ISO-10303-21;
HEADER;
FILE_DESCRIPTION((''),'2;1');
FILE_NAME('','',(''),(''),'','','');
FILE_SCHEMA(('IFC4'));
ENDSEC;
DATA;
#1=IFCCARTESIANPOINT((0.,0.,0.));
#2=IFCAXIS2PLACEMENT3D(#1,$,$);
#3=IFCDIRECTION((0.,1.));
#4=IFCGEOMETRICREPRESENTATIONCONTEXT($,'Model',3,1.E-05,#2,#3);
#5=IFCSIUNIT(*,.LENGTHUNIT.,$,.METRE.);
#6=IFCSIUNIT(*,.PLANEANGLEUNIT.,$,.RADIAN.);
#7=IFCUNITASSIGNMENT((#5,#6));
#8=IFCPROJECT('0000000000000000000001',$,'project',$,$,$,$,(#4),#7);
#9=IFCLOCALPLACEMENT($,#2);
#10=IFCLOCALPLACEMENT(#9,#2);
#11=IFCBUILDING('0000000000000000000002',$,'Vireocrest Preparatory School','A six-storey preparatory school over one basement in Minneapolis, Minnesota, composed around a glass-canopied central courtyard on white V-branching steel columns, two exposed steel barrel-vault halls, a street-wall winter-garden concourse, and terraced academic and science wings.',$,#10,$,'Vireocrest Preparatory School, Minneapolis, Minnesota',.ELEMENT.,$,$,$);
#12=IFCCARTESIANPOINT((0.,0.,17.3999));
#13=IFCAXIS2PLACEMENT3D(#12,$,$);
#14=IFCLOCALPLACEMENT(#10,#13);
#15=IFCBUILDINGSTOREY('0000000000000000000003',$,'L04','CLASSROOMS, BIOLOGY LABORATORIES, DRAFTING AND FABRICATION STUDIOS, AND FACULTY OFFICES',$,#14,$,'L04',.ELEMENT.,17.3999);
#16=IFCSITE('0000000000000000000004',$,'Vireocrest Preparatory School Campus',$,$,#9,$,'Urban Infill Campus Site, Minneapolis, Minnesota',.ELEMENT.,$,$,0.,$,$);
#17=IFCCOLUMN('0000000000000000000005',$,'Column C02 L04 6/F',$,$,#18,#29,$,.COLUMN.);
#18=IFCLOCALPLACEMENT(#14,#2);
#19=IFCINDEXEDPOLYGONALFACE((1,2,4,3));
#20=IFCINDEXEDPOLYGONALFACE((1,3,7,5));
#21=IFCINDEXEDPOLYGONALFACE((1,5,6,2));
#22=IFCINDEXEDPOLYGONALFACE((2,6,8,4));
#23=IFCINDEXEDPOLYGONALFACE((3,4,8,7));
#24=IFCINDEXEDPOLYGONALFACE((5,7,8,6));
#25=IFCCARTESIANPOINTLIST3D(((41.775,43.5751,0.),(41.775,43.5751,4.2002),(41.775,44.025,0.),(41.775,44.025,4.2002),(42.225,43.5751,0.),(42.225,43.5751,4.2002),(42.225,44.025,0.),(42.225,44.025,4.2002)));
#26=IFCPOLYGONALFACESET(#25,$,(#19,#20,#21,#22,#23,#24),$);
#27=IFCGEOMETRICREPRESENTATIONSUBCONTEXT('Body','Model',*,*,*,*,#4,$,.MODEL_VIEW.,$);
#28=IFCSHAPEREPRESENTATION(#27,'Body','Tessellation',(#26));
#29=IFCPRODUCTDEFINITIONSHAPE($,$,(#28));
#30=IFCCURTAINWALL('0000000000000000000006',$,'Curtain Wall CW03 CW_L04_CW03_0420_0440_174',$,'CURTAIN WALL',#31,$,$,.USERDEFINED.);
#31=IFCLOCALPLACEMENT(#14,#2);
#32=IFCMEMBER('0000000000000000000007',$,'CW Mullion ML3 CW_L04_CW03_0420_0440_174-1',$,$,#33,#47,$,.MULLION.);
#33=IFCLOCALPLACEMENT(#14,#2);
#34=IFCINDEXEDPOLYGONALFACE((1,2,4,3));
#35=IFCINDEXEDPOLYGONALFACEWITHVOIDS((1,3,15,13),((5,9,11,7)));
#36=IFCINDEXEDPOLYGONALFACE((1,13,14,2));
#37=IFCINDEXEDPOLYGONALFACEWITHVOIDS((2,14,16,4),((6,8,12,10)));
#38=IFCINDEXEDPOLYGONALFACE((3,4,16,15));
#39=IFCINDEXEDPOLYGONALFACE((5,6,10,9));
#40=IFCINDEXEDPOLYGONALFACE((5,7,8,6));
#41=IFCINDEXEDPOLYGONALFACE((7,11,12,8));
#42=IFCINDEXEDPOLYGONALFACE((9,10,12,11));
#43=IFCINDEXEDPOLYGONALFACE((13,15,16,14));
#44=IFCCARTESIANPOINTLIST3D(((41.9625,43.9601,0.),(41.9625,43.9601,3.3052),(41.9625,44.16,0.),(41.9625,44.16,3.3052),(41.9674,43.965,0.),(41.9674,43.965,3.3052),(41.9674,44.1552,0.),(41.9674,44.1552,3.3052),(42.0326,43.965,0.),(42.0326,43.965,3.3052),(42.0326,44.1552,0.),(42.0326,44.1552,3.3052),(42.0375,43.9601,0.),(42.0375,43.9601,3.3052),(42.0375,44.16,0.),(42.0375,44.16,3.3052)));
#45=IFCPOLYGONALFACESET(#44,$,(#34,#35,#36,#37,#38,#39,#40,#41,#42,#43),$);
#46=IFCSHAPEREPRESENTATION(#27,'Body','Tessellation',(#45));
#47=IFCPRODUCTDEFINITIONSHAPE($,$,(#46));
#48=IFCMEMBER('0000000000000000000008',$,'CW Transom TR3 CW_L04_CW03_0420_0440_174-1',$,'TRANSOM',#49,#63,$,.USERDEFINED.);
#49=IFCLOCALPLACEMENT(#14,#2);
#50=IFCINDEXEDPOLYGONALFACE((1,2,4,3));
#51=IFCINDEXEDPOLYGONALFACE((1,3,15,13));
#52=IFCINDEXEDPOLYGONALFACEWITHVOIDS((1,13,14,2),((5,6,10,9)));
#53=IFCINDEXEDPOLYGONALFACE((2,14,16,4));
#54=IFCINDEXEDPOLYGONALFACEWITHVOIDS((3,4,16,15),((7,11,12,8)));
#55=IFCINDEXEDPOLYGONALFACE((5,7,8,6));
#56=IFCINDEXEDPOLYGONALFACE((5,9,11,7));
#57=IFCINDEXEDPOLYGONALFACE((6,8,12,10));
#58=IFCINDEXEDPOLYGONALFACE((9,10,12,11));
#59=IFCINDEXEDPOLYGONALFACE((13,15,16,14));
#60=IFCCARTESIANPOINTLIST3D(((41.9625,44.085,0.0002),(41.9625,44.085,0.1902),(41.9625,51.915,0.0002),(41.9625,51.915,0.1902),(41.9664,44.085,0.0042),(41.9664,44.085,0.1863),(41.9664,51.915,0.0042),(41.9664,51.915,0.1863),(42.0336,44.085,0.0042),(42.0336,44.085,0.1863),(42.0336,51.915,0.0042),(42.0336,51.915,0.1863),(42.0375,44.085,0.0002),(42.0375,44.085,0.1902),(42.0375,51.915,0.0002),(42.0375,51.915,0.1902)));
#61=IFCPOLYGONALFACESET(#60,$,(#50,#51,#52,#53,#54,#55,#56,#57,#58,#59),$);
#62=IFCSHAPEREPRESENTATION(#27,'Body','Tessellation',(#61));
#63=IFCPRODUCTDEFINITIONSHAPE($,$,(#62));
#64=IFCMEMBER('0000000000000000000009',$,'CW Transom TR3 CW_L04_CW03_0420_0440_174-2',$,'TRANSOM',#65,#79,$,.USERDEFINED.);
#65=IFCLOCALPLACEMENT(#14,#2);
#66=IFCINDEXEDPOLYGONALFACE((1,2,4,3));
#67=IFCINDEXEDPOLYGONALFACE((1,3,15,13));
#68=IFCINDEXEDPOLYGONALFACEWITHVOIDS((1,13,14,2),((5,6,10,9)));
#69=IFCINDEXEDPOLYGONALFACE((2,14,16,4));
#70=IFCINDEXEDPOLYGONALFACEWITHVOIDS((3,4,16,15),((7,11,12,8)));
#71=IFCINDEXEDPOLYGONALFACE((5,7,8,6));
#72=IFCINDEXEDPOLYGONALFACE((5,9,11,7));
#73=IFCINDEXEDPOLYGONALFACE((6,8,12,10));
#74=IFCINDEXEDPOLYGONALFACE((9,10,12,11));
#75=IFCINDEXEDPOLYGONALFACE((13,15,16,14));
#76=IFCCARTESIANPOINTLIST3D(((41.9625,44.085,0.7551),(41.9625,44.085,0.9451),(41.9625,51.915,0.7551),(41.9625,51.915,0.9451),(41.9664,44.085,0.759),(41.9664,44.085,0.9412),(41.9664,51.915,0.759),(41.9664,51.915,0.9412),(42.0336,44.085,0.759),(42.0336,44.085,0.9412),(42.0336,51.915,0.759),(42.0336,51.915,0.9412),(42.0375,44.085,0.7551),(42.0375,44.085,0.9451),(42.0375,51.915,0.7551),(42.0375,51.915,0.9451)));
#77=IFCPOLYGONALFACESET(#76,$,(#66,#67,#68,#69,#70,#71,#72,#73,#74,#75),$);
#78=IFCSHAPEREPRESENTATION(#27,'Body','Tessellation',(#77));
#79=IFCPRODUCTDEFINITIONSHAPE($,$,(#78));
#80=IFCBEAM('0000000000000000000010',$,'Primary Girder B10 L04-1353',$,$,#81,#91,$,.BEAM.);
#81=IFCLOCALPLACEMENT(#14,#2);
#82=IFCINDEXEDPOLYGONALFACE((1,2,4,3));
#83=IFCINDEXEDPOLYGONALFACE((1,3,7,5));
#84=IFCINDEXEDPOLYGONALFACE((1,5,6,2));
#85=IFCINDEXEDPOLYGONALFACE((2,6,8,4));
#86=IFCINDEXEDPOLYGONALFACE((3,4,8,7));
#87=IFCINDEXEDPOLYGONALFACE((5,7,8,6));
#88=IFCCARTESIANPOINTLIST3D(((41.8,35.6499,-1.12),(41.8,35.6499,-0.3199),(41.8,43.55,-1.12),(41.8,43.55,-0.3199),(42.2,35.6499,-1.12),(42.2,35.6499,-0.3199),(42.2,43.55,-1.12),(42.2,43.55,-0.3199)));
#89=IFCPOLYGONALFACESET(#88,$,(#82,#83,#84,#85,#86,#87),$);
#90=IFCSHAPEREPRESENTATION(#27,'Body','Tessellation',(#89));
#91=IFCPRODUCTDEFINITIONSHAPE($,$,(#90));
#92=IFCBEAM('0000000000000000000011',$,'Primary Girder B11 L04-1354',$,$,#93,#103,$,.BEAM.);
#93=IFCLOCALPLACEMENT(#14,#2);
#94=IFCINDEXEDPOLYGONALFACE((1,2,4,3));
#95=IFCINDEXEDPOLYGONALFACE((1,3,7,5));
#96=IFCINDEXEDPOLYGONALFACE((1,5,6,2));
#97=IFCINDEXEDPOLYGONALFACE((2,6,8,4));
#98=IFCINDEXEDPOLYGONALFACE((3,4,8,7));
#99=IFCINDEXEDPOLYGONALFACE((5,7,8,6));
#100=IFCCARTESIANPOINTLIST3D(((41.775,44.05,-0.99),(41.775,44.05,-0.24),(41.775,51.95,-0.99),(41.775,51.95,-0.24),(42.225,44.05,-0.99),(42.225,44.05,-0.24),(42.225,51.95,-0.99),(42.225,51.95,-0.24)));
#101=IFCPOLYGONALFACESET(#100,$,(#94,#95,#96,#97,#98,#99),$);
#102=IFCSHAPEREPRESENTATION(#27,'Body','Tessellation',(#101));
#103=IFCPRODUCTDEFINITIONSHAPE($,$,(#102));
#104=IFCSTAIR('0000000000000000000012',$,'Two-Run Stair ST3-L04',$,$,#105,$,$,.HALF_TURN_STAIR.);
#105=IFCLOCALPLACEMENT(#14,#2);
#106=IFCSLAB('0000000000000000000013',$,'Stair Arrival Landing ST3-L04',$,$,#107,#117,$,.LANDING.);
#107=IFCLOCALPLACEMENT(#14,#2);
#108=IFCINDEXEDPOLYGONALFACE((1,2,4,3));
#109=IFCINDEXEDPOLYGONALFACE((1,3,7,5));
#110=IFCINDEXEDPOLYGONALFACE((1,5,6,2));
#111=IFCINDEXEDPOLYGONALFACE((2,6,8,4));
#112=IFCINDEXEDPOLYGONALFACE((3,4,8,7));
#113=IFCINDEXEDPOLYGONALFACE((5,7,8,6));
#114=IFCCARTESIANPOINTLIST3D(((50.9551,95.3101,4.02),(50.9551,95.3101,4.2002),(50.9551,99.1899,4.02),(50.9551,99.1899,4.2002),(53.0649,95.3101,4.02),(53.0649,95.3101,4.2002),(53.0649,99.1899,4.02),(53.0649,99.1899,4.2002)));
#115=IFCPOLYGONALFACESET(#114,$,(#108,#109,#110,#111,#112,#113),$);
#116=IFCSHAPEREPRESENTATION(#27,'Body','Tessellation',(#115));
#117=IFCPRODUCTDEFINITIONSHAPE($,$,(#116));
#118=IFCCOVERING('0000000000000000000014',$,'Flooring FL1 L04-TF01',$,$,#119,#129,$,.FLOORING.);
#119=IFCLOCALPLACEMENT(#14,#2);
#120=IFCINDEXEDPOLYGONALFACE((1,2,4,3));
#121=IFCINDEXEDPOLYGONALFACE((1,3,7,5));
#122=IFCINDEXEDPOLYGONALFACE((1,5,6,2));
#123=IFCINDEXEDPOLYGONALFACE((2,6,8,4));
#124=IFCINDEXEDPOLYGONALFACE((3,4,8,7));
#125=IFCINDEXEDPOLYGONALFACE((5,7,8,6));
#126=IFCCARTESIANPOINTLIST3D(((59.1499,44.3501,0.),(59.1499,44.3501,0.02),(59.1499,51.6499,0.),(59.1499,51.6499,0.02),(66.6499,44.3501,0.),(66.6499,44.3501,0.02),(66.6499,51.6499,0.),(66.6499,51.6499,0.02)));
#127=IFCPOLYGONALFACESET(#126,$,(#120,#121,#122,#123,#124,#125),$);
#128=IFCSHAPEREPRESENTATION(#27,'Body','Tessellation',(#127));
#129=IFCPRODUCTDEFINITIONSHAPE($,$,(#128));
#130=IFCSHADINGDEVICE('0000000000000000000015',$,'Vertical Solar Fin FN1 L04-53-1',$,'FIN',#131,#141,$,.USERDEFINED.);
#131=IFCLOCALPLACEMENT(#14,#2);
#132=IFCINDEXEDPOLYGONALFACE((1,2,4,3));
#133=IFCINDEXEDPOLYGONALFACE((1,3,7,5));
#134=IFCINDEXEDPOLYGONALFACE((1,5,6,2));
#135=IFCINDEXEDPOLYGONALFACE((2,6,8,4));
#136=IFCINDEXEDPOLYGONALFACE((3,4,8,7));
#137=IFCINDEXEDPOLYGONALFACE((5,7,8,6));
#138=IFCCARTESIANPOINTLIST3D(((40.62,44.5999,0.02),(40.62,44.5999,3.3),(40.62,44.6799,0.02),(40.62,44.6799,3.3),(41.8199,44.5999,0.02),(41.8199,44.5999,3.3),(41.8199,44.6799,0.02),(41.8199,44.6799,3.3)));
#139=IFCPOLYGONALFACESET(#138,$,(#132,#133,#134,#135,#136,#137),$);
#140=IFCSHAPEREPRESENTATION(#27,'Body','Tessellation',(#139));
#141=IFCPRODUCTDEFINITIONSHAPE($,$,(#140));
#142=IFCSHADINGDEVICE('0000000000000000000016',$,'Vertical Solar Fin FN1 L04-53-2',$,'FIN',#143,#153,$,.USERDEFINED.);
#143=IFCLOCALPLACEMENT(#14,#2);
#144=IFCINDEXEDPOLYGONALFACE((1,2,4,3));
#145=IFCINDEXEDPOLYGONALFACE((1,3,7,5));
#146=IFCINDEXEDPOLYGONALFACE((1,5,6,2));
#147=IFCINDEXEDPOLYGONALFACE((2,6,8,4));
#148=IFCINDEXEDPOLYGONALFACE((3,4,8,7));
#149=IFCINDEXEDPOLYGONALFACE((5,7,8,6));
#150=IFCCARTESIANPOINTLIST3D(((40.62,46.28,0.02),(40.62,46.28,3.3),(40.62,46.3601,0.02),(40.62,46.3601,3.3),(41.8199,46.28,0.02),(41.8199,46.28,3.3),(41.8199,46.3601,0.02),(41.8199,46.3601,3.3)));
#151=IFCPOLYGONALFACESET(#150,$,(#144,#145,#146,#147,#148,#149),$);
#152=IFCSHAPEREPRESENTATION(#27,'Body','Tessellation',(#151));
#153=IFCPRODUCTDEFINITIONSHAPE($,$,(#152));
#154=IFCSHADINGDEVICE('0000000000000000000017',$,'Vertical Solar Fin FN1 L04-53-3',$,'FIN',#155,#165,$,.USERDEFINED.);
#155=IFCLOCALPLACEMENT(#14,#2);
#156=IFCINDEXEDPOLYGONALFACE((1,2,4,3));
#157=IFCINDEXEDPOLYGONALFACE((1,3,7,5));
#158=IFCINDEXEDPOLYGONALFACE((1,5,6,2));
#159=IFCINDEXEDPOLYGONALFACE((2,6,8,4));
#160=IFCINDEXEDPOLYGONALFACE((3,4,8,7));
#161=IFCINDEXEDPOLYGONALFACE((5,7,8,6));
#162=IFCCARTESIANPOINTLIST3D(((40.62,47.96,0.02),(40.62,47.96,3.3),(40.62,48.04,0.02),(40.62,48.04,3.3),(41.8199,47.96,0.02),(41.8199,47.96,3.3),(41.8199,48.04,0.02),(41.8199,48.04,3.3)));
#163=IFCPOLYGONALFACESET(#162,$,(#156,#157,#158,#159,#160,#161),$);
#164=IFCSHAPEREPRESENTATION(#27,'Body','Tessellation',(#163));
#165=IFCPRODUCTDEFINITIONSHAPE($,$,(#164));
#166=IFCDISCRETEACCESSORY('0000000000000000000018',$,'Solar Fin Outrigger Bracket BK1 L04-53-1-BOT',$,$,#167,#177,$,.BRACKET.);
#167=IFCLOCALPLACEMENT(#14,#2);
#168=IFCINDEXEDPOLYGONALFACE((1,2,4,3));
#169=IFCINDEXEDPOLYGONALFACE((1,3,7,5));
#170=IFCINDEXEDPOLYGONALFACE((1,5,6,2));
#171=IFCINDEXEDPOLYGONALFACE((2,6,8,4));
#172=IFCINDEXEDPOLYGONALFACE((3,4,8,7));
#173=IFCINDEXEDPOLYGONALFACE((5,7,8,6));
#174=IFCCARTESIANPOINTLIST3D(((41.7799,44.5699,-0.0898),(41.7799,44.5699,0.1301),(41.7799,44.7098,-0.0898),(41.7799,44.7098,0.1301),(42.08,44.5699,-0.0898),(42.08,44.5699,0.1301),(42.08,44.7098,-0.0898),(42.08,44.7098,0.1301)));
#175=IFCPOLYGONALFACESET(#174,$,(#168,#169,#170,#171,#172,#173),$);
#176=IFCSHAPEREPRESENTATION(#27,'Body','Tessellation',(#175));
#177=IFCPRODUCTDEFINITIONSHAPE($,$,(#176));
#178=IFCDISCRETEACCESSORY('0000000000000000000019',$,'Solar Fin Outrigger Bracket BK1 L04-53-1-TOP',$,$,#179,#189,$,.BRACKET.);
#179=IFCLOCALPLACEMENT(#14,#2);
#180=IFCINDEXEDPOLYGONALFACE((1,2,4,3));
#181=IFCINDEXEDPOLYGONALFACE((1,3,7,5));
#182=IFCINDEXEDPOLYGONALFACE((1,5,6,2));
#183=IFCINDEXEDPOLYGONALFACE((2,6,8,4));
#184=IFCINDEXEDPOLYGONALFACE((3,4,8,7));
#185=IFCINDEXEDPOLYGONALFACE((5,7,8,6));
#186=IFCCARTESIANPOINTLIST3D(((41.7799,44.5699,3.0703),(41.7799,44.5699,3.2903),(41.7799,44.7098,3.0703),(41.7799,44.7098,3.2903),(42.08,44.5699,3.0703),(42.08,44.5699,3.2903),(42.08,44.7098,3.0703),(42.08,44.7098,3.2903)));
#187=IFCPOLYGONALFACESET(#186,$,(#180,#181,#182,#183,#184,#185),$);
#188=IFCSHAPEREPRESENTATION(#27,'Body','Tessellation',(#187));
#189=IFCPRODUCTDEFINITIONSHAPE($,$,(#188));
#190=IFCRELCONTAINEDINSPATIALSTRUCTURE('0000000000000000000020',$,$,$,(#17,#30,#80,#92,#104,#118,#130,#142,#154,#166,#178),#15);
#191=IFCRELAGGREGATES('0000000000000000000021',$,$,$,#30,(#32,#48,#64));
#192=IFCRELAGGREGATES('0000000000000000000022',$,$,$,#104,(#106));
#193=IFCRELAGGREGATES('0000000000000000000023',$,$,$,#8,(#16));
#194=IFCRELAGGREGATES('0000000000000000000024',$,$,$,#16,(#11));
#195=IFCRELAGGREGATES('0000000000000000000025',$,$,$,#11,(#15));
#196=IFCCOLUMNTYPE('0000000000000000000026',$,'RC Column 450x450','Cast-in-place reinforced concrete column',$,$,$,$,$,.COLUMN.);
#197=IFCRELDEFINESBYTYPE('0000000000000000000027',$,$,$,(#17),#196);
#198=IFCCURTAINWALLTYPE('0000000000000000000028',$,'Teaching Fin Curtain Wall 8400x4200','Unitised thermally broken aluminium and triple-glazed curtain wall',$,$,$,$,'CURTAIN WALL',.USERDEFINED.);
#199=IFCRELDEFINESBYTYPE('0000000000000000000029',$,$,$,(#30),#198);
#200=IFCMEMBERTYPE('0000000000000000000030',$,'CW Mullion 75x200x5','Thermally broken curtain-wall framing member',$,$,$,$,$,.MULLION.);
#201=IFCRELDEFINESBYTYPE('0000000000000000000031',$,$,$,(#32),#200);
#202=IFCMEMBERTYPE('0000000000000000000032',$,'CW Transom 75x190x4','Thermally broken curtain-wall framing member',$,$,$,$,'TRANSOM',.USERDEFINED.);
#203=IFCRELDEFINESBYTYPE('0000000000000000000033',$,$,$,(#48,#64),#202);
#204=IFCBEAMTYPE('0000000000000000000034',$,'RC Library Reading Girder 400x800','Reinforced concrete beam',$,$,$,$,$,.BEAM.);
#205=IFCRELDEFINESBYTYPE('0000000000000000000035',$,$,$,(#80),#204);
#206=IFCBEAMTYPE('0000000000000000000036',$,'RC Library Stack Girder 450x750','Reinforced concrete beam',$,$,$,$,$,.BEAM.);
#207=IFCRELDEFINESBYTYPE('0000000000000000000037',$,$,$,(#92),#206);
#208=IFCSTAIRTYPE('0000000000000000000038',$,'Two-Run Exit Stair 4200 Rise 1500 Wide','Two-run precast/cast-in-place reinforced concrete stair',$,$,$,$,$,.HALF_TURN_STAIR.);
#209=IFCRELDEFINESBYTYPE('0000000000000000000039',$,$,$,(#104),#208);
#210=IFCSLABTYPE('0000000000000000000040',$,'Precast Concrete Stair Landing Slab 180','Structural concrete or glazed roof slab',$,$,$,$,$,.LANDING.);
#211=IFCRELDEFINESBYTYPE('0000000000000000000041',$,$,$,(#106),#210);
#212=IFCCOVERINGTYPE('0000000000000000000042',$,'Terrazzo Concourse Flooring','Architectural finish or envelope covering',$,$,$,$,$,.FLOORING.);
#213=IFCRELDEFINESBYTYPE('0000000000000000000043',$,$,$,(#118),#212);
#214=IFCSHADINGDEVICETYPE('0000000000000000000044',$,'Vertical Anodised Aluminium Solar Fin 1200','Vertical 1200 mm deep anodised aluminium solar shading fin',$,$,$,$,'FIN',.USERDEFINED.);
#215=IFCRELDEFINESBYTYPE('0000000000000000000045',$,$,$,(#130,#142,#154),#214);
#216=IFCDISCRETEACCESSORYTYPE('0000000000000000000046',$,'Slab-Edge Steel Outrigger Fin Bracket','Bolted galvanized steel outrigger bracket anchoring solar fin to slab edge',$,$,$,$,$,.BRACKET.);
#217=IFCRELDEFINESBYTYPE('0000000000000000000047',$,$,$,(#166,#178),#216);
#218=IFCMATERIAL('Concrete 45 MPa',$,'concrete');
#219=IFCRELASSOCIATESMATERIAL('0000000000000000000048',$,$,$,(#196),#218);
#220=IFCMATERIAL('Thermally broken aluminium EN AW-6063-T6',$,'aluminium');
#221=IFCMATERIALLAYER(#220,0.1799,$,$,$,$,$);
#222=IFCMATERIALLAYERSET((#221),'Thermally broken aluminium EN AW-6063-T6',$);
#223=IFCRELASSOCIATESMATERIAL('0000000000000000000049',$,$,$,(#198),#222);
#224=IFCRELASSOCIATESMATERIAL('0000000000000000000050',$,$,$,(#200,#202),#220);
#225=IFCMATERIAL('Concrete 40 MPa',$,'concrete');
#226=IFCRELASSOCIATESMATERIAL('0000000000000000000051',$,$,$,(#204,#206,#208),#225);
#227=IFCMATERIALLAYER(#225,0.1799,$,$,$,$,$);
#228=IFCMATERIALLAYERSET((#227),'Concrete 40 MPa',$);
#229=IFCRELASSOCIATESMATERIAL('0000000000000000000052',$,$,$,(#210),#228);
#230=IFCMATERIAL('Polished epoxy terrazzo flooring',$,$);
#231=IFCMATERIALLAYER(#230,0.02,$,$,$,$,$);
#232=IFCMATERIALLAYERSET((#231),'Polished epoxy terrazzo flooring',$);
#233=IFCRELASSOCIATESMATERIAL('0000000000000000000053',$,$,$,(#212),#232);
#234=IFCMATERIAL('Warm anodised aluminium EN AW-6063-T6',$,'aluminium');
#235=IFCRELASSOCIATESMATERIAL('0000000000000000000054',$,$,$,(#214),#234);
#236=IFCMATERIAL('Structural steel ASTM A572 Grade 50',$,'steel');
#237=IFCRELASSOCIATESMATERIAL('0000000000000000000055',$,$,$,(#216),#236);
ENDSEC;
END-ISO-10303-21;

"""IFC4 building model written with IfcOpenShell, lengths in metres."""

from ifc_helpers import new_model, si_unit, direction, frame, origin, origin_2d, place, context, subcontext, project, spatial, polyline, rectangle, hollow_rectangle, outline, extrude, material, layer, layer_set, material_profile, profile_set, type_object, element, aggregate, save


model = new_model("IFC4")

# Units and contexts
model_context = context("Model", 3, precision=1e-05, world=origin(), true_north=direction((0.0, 1.0)))
body_context = subcontext(model_context, "Body", "Model", "MODEL_VIEW")
ifc_project = project(units=[si_unit("LENGTHUNIT", "METRE"), si_unit("PLANEANGLEUNIT", "RADIAN")], contexts=[model_context])

# Site, building, storey
site_placement = place(None, origin())
site = spatial("IfcSite", under=ifc_project, at=site_placement, Name="Vireocrest Preparatory School Campus", LongName="Urban Infill Campus Site, Minneapolis, Minnesota", CompositionType="ELEMENT", RefElevation=0.0)
building_placement = place(site_placement, origin())
building = spatial("IfcBuilding", under=site, at=building_placement, Name="Vireocrest Preparatory School", Description="A six-storey preparatory school over one basement in Minneapolis, Minnesota, composed around a glass-canopied central courtyard on white V-branching steel columns, two exposed steel barrel-vault halls, a street-wall winter-garden concourse, and terraced academic and science wings.", LongName="Vireocrest Preparatory School, Minneapolis, Minnesota", CompositionType="ELEMENT")
storey_placement = place(building_placement, frame((0.0, 0.0, 17.3999)))
storey = spatial("IfcBuildingStorey", under=building, at=storey_placement, Name="L04", Description="CLASSROOMS, BIOLOGY LABORATORIES, DRAFTING AND FABRICATION STUDIOS, AND FACULTY OFFICES", LongName="L04", CompositionType="ELEMENT", Elevation=17.3999)

# Column
ifc_material_1 = material(Name="Concrete 45 MPa", Category="concrete")
ifc_material_profile_1 = material_profile(ifc_material_1, rectangle(XDim=0.45, YDim=0.45, at=origin_2d()), Name="RC 450x450")
ifc_profile_set_1 = profile_set([ifc_material_profile_1], Name="Concrete 45 MPa")
column_type = type_object("IfcColumnType", Name="RC Column 450x450", Description="Cast-in-place reinforced concrete column", PredefinedType="COLUMN", material=ifc_profile_set_1)
column_placement = place(storey_placement, frame((42.0, 43.8, 0.0), z_axis=(0.0, 0.0, 1.0), x_axis=(1.0, 0.0, 0.0)))
element("IfcColumn", 1, at=column_placement, inside=storey, type_object=column_type, Name="Column C02 L04 6/F", PredefinedType="COLUMN", context=body_context, shape_type="SweptSolid", body=[
    extrude(rectangle(XDim=0.45, YDim=0.45, at=origin_2d()), origin(), (0.0, 0.0, 1.0), 4.2002),
])

# Curtain wall, members
ifc_material_2 = material(Name="Thermally broken aluminium EN AW-6063-T6", Category="aluminium")
ifc_layer_1 = layer(ifc_material_2, 0.1799)
ifc_layer_set_1 = layer_set([ifc_layer_1], Name="Thermally broken aluminium EN AW-6063-T6")
curtain_wall_type = type_object("IfcCurtainWallType", Name="Teaching Fin Curtain Wall 8400x4200", Description="Unitised thermally broken aluminium and triple-glazed curtain wall", ElementType="CURTAIN WALL", PredefinedType="USERDEFINED", material=ifc_layer_set_1)
curtain_wall_placement = place(storey_placement, origin())
curtain_wall = element("IfcCurtainWall", 2, at=curtain_wall_placement, inside=storey, type_object=curtain_wall_type, Name="Curtain Wall CW03 CW_L04_CW03_0420_0440_174", ObjectType="CURTAIN WALL", PredefinedType="USERDEFINED")
ifc_material_profile_2 = material_profile(ifc_material_2, hollow_rectangle(XDim=0.075, YDim=0.2, WallThickness=0.0049, at=origin_2d()), Name="ALU 75x200x5")
ifc_profile_set_2 = profile_set([ifc_material_profile_2], Name="Thermally broken aluminium EN AW-6063-T6")
member_type_1 = type_object("IfcMemberType", Name="CW Mullion 75x200x5", Description="Thermally broken curtain-wall framing member", PredefinedType="MULLION", material=ifc_profile_set_2)
member_1_placement = place(storey_placement, frame((42.0, 44.0601, 0.0), z_axis=(0.0, 0.0, 1.0), x_axis=(1.0, 0.0, 0.0)))
member_1 = element("IfcMember", 3, at=member_1_placement, type_object=member_type_1, Name="CW Mullion ML3 CW_L04_CW03_0420_0440_174-1", PredefinedType="MULLION", context=body_context, shape_type="SweptSolid", body=[
    extrude(hollow_rectangle(XDim=0.075, YDim=0.2, WallThickness=0.0049, at=origin_2d()), origin(), (0.0, 0.0, 1.0), 3.3052),
])
ifc_material_profile_3 = material_profile(ifc_material_2, hollow_rectangle(XDim=0.075, YDim=0.1899, WallThickness=0.0039, at=origin_2d()), Name="ALU 75x190x4")
ifc_profile_set_3 = profile_set([ifc_material_profile_3], Name="Thermally broken aluminium EN AW-6063-T6")
member_type_2 = type_object("IfcMemberType", Name="CW Transom 75x190x4", Description="Thermally broken curtain-wall framing member", ElementType="TRANSOM", PredefinedType="USERDEFINED", material=ifc_profile_set_3)
member_2_placement = place(storey_placement, frame((42.0, 44.085, 0.0952), z_axis=(0.0, 1.0, 0.0), x_axis=(-1.0, 0.0, 0.0)))
member_2 = element("IfcMember", 4, at=member_2_placement, type_object=member_type_2, Name="CW Transom TR3 CW_L04_CW03_0420_0440_174-1", ObjectType="TRANSOM", PredefinedType="USERDEFINED", context=body_context, shape_type="SweptSolid", body=[
    extrude(hollow_rectangle(XDim=0.075, YDim=0.1899, WallThickness=0.0039, at=origin_2d()), origin(), (0.0, 0.0, 1.0), 7.8301),
])
member_3_placement = place(storey_placement, frame((42.0, 44.085, 0.8501), z_axis=(0.0, 1.0, 0.0), x_axis=(-1.0, 0.0, 0.0)))
member_3 = element("IfcMember", 5, at=member_3_placement, type_object=member_type_2, Name="CW Transom TR3 CW_L04_CW03_0420_0440_174-2", ObjectType="TRANSOM", PredefinedType="USERDEFINED", context=body_context, shape_type="SweptSolid", body=[
    extrude(hollow_rectangle(XDim=0.075, YDim=0.1899, WallThickness=0.0039, at=origin_2d()), origin(), (0.0, 0.0, 1.0), 7.8301),
])
aggregate(curtain_wall, [member_1, member_2, member_3])

# Beams
ifc_material_3 = material(Name="Concrete 40 MPa", Category="concrete")
ifc_material_profile_4 = material_profile(ifc_material_3, rectangle(XDim=0.3999, YDim=0.8, at=origin_2d()), Name="RC 400x800")
ifc_profile_set_4 = profile_set([ifc_material_profile_4], Name="Concrete 40 MPa")
beam_type_1 = type_object("IfcBeamType", Name="RC Library Reading Girder 400x800", Description="Reinforced concrete beam", PredefinedType="BEAM", material=ifc_profile_set_4)
beam_1_placement = place(storey_placement, frame((42.0, 35.6499, -0.72), z_axis=(0.0, 1.0, 0.0), x_axis=(-1.0, 0.0, 0.0)))
element("IfcBeam", 6, at=beam_1_placement, inside=storey, type_object=beam_type_1, Name="Primary Girder B10 L04-1353", PredefinedType="BEAM", context=body_context, shape_type="SweptSolid", body=[
    extrude(rectangle(XDim=0.3999, YDim=0.8, at=origin_2d()), origin(), (0.0, 0.0, 1.0), 7.9001),
])
ifc_material_profile_5 = material_profile(ifc_material_3, rectangle(XDim=0.45, YDim=0.75, at=origin_2d()), Name="RC 450x750")
ifc_profile_set_5 = profile_set([ifc_material_profile_5], Name="Concrete 40 MPa")
beam_type_2 = type_object("IfcBeamType", Name="RC Library Stack Girder 450x750", Description="Reinforced concrete beam", PredefinedType="BEAM", material=ifc_profile_set_5)
beam_2_placement = place(storey_placement, frame((42.0, 44.05, -0.615), z_axis=(0.0, 1.0, 0.0), x_axis=(-1.0, 0.0, 0.0)))
element("IfcBeam", 7, at=beam_2_placement, inside=storey, type_object=beam_type_2, Name="Primary Girder B11 L04-1354", PredefinedType="BEAM", context=body_context, shape_type="SweptSolid", body=[
    extrude(rectangle(XDim=0.45, YDim=0.75, at=origin_2d()), origin(), (0.0, 0.0, 1.0), 7.8999),
])

# Stair, slab
stair_type = type_object("IfcStairType", Name="Two-Run Exit Stair 4200 Rise 1500 Wide", Description="Two-run precast/cast-in-place reinforced concrete stair", PredefinedType="HALF_TURN_STAIR", material=ifc_material_3)
stair_placement = place(storey_placement, origin())
stair = element("IfcStair", 8, at=stair_placement, inside=storey, type_object=stair_type, Name="Two-Run Stair ST3-L04", PredefinedType="HALF_TURN_STAIR")
ifc_layer_2 = layer(ifc_material_3, 0.1799)
ifc_layer_set_2 = layer_set([ifc_layer_2], Name="Concrete 40 MPa")
slab_type = type_object("IfcSlabType", Name="Precast Concrete Stair Landing Slab 180", Description="Structural concrete or glazed roof slab", PredefinedType="LANDING", material=ifc_layer_set_2)
slab_placement = place(storey_placement, frame((0.0, 0.0, 4.02)))
slab = element("IfcSlab", 9, at=slab_placement, type_object=slab_type, Name="Stair Arrival Landing ST3-L04", PredefinedType="LANDING", context=body_context, shape_type="SweptSolid", body=[
    extrude(outline(polyline([(50.9551, 95.3101), (53.0649, 95.3101), (53.0649, 99.1899), (50.9551, 99.1899), (50.9551, 95.3101)])), origin(), (0.0, 0.0, 1.0), 0.1802),
])
aggregate(stair, [slab])

# Covering
ifc_material_4 = material(Name="Polished epoxy terrazzo flooring")
ifc_layer_3 = layer(ifc_material_4, 0.02)
ifc_layer_set_3 = layer_set([ifc_layer_3], Name="Polished epoxy terrazzo flooring")
covering_type = type_object("IfcCoveringType", Name="Terrazzo Concourse Flooring", Description="Architectural finish or envelope covering", PredefinedType="FLOORING", material=ifc_layer_set_3)
covering_placement = place(storey_placement, origin())
element("IfcCovering", 10, at=covering_placement, inside=storey, type_object=covering_type, Name="Flooring FL1 L04-TF01", PredefinedType="FLOORING", context=body_context, shape_type="SweptSolid", body=[
    extrude(outline(polyline([(59.1499, 44.3501), (66.6499, 44.3501), (66.6499, 51.6499), (59.1499, 51.6499), (59.1499, 44.3501)])), origin(), (0.0, 0.0, 1.0), 0.02),
])

# Shading devices
ifc_material_5 = material(Name="Warm anodised aluminium EN AW-6063-T6", Category="aluminium")
ifc_material_profile_6 = material_profile(ifc_material_5, rectangle(XDim=0.0801, YDim=1.2, at=origin_2d()), Name="FIN 80x1200")
ifc_profile_set_6 = profile_set([ifc_material_profile_6], Name="Warm anodised aluminium EN AW-6063-T6")
shading_device_type = type_object("IfcShadingDeviceType", Name="Vertical Anodised Aluminium Solar Fin 1200", Description="Vertical 1200 mm deep anodised aluminium solar shading fin", ElementType="FIN", PredefinedType="USERDEFINED", material=ifc_profile_set_6)
for number, where, z_axis, x_axis, name in (
    (11, (41.22, 44.6399, 0.02), (0.0, 0.0, 1.0), (0.0, 1.0, 0.0), "Vertical Solar Fin FN1 L04-53-1"),
    (12, (41.22, 46.3201, 0.02), (0.0, 0.0, 1.0), (0.0, 1.0, 0.0), "Vertical Solar Fin FN1 L04-53-2"),
    (13, (41.22, 48.0, 0.02), (0.0, 0.0, 1.0), (0.0, 1.0, 0.0), "Vertical Solar Fin FN1 L04-53-3"),
):
    element("IfcShadingDevice", number, at=place(storey_placement, frame(where, z_axis=z_axis, x_axis=x_axis)), inside=storey, type_object=shading_device_type, Name=name, ObjectType="FIN", PredefinedType="USERDEFINED", context=body_context, shape_type="SweptSolid", body=[
        extrude(rectangle(XDim=0.0801, YDim=1.2, at=origin_2d()), origin(), (0.0, 0.0, 1.0), 3.28),
    ])

# Discrete accessories
ifc_material_6 = material(Name="Structural steel ASTM A572 Grade 50", Category="steel")
discrete_accessory_type = type_object("IfcDiscreteAccessoryType", Name="Slab-Edge Steel Outrigger Fin Bracket", Description="Bolted galvanized steel outrigger bracket anchoring solar fin to slab edge", PredefinedType="BRACKET", material=ifc_material_6)
for number, where, z_axis, x_axis, name in (
    (14, (41.9299, 44.6399, -0.0898), (0.0, 0.0, 1.0), (0.0, 1.0, 0.0), "Solar Fin Outrigger Bracket BK1 L04-53-1-BOT"),
    (15, (41.9299, 44.6399, 3.0703), (0.0, 0.0, 1.0), (0.0, 1.0, 0.0), "Solar Fin Outrigger Bracket BK1 L04-53-1-TOP"),
):
    element("IfcDiscreteAccessory", number, at=place(storey_placement, frame(where, z_axis=z_axis, x_axis=x_axis)), inside=storey, type_object=discrete_accessory_type, Name=name, PredefinedType="BRACKET", context=body_context, shape_type="SweptSolid", body=[
        extrude(rectangle(XDim=0.1399, YDim=0.3, at=origin_2d()), origin(), (0.0, 0.0, 1.0), 0.22),
    ])

save(model, "model.ifc")
